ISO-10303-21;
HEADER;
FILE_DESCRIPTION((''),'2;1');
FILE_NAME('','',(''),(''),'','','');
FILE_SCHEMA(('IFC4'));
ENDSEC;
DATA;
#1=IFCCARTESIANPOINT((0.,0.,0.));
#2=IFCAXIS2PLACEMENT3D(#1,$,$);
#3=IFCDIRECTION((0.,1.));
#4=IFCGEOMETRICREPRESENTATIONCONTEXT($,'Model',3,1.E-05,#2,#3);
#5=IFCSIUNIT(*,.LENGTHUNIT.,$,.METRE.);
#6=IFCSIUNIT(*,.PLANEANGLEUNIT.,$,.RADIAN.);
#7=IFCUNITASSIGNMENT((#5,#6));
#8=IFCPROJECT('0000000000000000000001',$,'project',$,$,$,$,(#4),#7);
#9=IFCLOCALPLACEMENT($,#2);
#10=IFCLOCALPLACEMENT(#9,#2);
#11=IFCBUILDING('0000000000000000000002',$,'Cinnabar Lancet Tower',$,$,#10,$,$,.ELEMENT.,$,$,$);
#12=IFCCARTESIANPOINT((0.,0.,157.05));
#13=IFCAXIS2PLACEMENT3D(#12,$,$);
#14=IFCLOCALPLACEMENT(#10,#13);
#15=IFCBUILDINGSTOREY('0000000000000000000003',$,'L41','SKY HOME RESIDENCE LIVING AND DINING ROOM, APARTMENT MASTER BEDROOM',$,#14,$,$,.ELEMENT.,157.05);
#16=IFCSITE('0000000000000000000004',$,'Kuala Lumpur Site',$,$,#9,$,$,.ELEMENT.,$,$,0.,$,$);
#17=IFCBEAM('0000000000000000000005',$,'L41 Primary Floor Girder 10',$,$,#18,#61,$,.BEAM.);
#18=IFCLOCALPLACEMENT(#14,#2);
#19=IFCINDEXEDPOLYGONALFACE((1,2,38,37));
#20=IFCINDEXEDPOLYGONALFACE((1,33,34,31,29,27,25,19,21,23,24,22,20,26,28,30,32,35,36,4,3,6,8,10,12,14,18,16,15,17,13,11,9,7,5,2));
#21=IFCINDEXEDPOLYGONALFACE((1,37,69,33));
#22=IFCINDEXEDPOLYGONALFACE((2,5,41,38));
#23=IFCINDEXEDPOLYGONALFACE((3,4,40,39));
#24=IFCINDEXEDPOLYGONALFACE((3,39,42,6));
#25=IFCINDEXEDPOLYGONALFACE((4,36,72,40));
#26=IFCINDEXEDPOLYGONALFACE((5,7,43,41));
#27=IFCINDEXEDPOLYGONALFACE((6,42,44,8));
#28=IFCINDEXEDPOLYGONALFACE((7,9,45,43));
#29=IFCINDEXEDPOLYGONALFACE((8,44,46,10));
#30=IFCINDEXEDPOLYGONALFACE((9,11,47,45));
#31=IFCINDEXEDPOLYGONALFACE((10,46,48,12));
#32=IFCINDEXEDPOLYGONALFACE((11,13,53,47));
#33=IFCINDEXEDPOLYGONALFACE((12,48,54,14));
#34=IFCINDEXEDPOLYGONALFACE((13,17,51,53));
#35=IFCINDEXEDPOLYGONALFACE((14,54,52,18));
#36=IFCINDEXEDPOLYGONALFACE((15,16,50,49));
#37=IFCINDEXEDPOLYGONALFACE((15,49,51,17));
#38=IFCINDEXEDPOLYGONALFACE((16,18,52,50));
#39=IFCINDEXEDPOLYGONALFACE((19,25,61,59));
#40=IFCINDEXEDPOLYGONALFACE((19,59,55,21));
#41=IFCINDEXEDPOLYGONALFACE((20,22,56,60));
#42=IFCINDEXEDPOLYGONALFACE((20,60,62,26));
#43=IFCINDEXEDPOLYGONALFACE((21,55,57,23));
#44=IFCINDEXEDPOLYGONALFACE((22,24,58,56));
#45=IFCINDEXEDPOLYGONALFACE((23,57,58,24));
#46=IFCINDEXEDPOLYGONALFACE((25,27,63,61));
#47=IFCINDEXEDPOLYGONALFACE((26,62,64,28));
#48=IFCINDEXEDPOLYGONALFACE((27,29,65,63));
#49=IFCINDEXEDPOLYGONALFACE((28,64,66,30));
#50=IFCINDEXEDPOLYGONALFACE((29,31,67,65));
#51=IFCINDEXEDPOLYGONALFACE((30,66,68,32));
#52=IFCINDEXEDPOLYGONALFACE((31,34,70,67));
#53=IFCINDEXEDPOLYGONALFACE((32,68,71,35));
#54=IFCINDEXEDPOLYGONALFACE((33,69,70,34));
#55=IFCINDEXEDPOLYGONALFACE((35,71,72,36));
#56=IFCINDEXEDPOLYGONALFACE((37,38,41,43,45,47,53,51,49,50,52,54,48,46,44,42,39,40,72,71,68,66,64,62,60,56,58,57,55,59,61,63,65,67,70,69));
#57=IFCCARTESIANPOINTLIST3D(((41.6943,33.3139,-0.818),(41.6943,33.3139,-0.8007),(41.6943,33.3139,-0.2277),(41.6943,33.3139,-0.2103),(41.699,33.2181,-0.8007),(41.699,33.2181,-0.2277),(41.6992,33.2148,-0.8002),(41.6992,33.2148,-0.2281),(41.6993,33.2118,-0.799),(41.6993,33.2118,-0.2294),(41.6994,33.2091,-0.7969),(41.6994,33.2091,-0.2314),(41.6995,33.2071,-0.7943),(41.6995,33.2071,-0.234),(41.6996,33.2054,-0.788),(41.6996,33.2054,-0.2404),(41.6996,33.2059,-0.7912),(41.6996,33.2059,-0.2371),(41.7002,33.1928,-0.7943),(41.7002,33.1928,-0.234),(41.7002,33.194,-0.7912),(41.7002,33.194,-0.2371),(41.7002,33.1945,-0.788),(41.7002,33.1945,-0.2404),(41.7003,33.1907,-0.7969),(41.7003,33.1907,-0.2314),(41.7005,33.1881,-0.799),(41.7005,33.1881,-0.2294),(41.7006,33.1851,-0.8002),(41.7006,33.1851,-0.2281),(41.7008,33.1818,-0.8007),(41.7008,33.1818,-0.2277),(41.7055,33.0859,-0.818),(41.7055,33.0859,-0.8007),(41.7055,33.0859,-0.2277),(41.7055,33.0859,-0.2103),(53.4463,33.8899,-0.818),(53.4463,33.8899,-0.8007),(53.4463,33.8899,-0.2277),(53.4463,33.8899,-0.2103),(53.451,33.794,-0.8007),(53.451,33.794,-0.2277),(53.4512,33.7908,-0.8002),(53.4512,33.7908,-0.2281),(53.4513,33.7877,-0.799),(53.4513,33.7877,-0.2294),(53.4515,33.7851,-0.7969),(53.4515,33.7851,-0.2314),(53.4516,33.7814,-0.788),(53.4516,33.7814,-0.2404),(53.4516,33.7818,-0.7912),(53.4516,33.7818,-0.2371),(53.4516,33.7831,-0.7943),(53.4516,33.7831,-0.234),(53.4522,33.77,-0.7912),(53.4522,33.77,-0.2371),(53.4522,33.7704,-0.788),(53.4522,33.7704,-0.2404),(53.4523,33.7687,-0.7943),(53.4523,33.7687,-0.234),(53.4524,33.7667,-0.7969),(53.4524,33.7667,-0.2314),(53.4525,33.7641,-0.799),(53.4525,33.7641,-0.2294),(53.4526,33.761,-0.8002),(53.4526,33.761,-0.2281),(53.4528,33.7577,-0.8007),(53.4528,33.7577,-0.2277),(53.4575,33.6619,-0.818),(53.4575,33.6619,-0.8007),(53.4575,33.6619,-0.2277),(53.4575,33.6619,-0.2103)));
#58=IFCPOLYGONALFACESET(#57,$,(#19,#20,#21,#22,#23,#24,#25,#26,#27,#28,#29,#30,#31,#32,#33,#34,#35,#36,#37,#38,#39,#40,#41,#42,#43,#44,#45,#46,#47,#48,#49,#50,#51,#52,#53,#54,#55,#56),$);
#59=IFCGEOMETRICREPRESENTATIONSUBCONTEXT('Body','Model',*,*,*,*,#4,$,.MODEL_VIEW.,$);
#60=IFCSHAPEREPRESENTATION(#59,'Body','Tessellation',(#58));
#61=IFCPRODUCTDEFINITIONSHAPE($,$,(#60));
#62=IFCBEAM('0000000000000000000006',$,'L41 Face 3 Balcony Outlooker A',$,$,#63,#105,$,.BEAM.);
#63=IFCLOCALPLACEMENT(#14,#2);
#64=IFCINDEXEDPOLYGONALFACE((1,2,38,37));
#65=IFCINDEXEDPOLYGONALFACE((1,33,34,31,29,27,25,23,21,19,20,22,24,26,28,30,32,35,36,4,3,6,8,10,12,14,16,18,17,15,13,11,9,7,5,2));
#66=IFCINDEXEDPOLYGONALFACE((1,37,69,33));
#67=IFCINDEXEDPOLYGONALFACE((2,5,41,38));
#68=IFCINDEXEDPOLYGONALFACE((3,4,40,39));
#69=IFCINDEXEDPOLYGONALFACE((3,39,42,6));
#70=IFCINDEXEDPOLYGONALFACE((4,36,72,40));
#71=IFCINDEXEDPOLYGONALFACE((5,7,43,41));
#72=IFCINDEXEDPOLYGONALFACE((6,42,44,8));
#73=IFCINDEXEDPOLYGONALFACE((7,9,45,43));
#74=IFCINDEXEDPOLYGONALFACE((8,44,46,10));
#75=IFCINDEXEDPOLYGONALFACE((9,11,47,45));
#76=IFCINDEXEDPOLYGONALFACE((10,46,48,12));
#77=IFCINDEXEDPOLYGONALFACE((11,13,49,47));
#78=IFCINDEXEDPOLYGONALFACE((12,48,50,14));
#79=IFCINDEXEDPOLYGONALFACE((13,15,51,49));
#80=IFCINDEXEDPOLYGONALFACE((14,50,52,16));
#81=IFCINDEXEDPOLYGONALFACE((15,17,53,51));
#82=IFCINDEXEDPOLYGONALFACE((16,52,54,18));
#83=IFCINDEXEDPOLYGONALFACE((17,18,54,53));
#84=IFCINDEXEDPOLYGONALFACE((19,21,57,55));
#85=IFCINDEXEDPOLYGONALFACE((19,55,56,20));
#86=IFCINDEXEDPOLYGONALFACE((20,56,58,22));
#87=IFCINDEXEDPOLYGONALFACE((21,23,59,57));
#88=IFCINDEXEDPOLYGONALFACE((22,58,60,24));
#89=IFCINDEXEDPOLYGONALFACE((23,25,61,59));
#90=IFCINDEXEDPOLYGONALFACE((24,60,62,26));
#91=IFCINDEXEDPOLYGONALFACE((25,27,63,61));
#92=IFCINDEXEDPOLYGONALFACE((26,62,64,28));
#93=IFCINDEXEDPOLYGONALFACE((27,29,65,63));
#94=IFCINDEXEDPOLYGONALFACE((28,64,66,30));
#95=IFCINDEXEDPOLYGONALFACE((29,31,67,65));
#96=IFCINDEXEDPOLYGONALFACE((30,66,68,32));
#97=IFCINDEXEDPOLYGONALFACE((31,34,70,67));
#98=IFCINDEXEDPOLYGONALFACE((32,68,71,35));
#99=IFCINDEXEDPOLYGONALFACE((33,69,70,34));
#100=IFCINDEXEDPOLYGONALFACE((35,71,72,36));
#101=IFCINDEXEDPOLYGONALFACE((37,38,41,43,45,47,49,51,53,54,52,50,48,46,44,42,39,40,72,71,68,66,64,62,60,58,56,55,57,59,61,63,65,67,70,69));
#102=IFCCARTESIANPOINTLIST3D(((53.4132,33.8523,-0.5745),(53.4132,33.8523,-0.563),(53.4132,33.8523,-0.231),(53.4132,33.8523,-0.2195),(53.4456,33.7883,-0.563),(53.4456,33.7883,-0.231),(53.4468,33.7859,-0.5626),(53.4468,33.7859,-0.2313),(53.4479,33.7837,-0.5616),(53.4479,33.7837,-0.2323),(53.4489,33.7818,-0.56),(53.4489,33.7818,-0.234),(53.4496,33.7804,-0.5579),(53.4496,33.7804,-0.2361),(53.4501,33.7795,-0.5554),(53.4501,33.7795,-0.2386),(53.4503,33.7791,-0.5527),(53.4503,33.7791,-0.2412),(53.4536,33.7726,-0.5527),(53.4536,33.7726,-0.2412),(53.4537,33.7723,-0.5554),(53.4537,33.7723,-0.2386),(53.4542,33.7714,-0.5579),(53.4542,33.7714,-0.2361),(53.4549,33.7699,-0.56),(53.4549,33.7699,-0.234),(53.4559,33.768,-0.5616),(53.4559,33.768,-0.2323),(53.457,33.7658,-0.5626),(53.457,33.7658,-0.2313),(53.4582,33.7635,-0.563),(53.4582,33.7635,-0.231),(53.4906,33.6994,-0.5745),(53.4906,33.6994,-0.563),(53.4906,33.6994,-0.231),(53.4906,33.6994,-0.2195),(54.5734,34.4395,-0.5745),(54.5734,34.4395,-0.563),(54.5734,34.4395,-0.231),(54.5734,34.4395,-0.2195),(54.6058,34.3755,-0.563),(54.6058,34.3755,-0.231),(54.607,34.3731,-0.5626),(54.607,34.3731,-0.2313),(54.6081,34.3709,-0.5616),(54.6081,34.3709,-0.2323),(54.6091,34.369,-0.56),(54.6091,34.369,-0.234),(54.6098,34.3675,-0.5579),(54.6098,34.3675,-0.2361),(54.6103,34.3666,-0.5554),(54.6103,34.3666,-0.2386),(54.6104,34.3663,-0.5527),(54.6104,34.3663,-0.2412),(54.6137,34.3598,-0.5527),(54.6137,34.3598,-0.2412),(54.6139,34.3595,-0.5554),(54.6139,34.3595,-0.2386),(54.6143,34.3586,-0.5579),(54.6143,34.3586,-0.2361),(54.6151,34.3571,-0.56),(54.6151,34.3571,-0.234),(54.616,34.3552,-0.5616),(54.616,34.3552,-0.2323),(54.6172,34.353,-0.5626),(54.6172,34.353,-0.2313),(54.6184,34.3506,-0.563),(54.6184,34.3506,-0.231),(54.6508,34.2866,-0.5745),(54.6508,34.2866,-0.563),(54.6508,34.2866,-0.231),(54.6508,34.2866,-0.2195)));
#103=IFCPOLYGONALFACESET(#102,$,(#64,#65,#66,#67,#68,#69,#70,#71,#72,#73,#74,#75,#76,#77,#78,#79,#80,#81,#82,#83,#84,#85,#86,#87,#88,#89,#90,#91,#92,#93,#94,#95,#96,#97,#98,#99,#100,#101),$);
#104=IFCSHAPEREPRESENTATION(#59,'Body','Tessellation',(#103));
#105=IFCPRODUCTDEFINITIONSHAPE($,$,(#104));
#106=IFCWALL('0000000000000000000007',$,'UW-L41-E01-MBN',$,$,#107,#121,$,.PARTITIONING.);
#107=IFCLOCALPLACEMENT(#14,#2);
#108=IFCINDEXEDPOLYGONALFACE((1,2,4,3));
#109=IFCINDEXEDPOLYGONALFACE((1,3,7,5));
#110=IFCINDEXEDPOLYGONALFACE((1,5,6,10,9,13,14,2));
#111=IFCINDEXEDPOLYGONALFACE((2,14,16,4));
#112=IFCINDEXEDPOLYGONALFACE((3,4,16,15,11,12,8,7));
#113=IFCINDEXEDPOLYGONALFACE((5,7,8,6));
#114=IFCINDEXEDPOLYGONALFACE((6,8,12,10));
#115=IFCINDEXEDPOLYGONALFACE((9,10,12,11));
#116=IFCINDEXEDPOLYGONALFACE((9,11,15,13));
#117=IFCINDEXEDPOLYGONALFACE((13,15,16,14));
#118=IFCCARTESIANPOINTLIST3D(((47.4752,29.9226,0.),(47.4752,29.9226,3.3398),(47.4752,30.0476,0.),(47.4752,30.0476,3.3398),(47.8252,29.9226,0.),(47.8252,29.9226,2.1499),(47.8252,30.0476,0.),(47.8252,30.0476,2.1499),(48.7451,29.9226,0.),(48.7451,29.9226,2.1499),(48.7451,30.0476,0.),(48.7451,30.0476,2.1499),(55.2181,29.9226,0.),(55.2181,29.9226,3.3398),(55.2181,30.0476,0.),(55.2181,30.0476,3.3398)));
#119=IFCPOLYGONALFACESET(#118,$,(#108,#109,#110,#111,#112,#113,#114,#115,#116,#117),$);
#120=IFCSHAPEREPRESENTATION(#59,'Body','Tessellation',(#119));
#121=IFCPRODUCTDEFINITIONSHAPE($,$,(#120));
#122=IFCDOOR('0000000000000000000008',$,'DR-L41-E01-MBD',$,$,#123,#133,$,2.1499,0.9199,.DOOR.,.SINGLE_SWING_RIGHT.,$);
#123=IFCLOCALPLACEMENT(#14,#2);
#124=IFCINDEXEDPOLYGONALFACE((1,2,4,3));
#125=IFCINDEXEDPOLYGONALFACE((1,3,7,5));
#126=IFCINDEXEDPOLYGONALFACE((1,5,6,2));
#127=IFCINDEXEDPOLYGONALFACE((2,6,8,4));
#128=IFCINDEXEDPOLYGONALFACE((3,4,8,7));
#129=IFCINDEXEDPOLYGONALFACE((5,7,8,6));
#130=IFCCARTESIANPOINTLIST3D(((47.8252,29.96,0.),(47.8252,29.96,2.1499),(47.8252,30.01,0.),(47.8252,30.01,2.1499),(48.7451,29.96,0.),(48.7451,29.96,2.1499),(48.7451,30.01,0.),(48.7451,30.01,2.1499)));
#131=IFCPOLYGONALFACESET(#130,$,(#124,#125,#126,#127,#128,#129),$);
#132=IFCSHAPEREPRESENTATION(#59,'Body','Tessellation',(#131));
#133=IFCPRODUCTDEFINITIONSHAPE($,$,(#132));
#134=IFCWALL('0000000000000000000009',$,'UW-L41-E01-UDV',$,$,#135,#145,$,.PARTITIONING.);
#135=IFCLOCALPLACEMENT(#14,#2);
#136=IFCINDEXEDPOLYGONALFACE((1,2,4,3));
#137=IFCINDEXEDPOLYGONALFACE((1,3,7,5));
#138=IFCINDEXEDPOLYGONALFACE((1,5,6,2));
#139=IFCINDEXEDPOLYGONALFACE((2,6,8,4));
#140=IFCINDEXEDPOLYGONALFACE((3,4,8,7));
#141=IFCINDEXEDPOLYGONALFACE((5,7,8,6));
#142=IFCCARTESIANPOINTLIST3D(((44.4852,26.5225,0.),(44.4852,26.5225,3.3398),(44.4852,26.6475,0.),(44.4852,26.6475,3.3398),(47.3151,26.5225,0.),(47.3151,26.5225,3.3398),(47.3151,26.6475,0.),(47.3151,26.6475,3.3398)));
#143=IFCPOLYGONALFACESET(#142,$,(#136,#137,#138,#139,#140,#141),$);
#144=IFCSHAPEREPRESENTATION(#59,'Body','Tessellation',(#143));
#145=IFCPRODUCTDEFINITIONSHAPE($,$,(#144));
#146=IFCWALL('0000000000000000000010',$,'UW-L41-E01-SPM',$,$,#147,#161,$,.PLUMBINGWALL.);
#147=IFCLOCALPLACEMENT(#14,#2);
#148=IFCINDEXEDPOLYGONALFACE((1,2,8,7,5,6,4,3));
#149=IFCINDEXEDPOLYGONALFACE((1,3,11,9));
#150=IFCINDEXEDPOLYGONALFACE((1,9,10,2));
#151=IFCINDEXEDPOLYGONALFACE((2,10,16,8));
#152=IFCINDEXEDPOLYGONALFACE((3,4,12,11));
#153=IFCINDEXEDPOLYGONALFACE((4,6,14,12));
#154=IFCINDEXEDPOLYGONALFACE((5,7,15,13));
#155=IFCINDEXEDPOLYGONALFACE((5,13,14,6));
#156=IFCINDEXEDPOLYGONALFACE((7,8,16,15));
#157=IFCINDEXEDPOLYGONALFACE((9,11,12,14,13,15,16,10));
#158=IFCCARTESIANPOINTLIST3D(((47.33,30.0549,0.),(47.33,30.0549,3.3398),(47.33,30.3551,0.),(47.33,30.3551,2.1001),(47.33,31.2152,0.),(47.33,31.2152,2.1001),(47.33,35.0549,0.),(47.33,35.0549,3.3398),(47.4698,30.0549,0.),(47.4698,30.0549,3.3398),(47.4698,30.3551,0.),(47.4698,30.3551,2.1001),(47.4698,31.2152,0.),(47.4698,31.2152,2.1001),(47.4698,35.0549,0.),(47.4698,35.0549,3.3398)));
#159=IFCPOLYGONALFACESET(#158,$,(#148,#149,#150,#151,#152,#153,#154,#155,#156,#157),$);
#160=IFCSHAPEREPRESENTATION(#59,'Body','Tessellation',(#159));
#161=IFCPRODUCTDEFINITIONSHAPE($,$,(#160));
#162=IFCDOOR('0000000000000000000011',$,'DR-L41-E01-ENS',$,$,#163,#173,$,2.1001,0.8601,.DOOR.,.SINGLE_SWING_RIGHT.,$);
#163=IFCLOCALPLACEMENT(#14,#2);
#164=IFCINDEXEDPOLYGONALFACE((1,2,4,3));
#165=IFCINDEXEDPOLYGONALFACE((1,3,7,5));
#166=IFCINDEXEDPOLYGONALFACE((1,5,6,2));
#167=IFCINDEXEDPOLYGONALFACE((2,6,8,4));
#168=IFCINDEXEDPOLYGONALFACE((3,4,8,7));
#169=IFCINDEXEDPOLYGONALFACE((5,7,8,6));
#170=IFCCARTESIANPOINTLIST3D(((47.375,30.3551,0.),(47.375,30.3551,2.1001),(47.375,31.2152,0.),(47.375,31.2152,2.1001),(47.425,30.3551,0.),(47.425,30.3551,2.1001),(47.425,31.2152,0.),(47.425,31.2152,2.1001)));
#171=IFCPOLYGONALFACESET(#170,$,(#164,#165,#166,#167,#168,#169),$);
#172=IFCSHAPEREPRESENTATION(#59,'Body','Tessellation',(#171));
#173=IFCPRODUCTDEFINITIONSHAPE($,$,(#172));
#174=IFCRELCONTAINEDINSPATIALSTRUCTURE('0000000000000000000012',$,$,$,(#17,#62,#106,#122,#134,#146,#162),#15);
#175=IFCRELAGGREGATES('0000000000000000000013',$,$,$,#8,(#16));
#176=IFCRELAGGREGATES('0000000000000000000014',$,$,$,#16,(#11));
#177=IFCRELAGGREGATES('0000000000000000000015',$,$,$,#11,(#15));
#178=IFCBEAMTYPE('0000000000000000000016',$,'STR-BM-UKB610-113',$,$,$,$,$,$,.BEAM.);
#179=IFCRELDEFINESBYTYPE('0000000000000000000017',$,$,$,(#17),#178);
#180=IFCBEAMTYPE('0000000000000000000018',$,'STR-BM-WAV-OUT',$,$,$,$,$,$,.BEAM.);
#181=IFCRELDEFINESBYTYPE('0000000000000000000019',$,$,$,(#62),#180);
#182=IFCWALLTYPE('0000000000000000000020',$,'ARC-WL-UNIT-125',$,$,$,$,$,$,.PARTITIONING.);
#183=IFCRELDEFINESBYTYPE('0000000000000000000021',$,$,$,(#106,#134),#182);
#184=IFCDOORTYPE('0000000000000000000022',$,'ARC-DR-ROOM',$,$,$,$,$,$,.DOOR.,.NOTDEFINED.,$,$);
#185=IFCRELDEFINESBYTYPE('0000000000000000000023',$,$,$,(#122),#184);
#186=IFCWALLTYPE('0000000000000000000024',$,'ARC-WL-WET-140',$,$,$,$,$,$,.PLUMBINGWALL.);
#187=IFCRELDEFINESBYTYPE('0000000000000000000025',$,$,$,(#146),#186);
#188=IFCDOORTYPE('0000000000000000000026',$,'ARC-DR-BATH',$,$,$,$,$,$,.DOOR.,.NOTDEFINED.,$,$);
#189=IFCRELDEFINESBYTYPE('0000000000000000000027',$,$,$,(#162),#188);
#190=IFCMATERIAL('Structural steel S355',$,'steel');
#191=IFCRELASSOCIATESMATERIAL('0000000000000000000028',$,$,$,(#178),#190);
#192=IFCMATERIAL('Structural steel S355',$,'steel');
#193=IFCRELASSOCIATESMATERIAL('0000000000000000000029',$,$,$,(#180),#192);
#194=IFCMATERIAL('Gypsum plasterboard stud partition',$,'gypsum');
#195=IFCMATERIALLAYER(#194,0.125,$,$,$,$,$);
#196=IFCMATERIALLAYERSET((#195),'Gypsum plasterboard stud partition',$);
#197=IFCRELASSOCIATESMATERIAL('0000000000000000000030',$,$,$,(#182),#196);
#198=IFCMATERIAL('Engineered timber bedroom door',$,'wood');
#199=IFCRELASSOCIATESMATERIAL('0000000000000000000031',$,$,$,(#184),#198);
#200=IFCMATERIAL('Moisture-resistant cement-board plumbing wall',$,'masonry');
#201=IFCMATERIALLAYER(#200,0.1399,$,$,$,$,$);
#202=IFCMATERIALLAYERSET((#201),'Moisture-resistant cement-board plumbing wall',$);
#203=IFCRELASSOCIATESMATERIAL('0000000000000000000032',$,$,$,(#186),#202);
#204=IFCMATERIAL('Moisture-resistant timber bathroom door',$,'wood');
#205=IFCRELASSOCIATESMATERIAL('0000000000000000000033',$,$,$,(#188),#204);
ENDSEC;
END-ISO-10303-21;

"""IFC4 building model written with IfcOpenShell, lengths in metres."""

from ifc_helpers import new_model, si_unit, direction, frame, frame_2d, origin, origin_2d, place, context, subcontext, project, spatial, rectangle, i_section, extrude, material, layer, layer_set, material_profile, profile_set, type_object, element, fill, save


model = new_model("IFC4")

# Units and contexts
model_context = context("Model", 3, precision=1e-05, world=origin(), true_north=direction((0.0, 1.0)))
body_context = subcontext(model_context, "Body", "Model", "MODEL_VIEW")
ifc_project = project(units=[si_unit("LENGTHUNIT", "METRE"), si_unit("PLANEANGLEUNIT", "RADIAN")], contexts=[model_context])

# Site, building, storey
site_placement = place(None, origin())
site = spatial("IfcSite", under=ifc_project, at=site_placement, Name="Kuala Lumpur Site", CompositionType="ELEMENT", RefElevation=0.0)
building_placement = place(site_placement, origin())
building = spatial("IfcBuilding", under=site, at=building_placement, Name="Cinnabar Lancet Tower", CompositionType="ELEMENT")
storey_placement = place(building_placement, frame((0.0, 0.0, 157.05)))
storey = spatial("IfcBuildingStorey", under=building, at=storey_placement, Name="L41", Description="SKY HOME RESIDENCE LIVING AND DINING ROOM, APARTMENT MASTER BEDROOM", CompositionType="ELEMENT", Elevation=157.05)

# Beams
ifc_material_1 = material(Name="Structural steel S355", Category="steel")
ifc_material_profile_1 = material_profile(ifc_material_1, i_section(OverallWidth=0.2283, OverallDepth=0.6077, WebThickness=0.011, FlangeThickness=0.0173, FilletRadius=0.0127, at=origin_2d()), Name="UKB 610x229x113")
ifc_profile_set_1 = profile_set([ifc_material_profile_1], Name="Structural steel S355")
beam_type_1 = type_object("IfcBeamType", Name="STR-BM-UKB610-113", PredefinedType="BEAM", material=ifc_profile_set_1)
beam_1_placement = place(storey_placement, frame((53.4519, 33.7759, -0.5142), z_axis=(-0.998801, -0.048948, 0.0), x_axis=(0.048948, -0.998801, 0.0)))
element("IfcBeam", 1, at=beam_1_placement, inside=storey, type_object=beam_type_1, Name="L41 Primary Floor Girder 10", PredefinedType="BEAM", context=body_context, shape_type="SweptSolid", body=[
    extrude(i_section(OverallWidth=0.2283, OverallDepth=0.6077, WebThickness=0.011, FlangeThickness=0.0173, FilletRadius=0.0127, at=origin_2d()), origin(), (0.0, 0.0, 1.0), 11.7661),
])
ifc_material_2 = material(Name="Structural steel S355", Category="steel")
ifc_material_profile_2 = material_profile(ifc_material_2, i_section(OverallWidth=0.1714, OverallDepth=0.355, WebThickness=0.0073, FlangeThickness=0.0115, FilletRadius=0.0103, at=origin_2d()), Name="UKB 356x171x51")
ifc_profile_set_2 = profile_set([ifc_material_profile_2], Name="Structural steel S355")
beam_type_2 = type_object("IfcBeamType", Name="STR-BM-WAV-OUT", PredefinedType="BEAM", material=ifc_profile_set_2)
beam_2_placement = place(storey_placement, frame((53.4519, 33.7759, -0.397), z_axis=(0.892239, 0.451564, 0.0), x_axis=(-0.451564, 0.892239, 0.0)))
element("IfcBeam", 2, at=beam_2_placement, inside=storey, type_object=beam_type_2, Name="L41 Face 3 Balcony Outlooker A", PredefinedType="BEAM", context=body_context, shape_type="SweptSolid", body=[
    extrude(i_section(OverallWidth=0.1714, OverallDepth=0.355, WebThickness=0.0073, FlangeThickness=0.0115, FilletRadius=0.0103, at=origin_2d()), origin(), (0.0, 0.0, 1.0), 1.3003),
])

# Wall, opening, door
ifc_material_3 = material(Name="Gypsum plasterboard stud partition", Category="gypsum")
ifc_layer_1 = layer(ifc_material_3, 0.125)
ifc_layer_set_1 = layer_set([ifc_layer_1], Name="Gypsum plasterboard stud partition")
wall_type_1 = type_object("IfcWallType", Name="ARC-WL-UNIT-125", PredefinedType="PARTITIONING", material=ifc_layer_set_1)
wall_1_placement = place(storey_placement, frame((47.4751, 29.9851, 0.0), z_axis=(0.0, 0.0, 1.0), x_axis=(1.0, 0.0, 0.0)))
wall_1 = element("IfcWall", 3, at=wall_1_placement, inside=storey, type_object=wall_type_1, Name="UW-L41-E01-MBN", PredefinedType="PARTITIONING", context=body_context, shape_type="SweptSolid", body=[
    extrude(rectangle(XDim=7.7429, YDim=0.125, at=frame_2d((3.8716, 0.0))), origin(), (0.0, 0.0, 1.0), 3.3398),
])
opening_1_placement = place(wall_1_placement, frame((0.3501, 0.0, 0.0)))
opening_1 = element("IfcOpeningElement", 4, at=opening_1_placement, cuts=wall_1, PredefinedType="OPENING", context=body_context, shape_type="SweptSolid", body=[
    extrude(rectangle(XDim=0.9199, YDim=2.1499, at=frame_2d((0.46, 1.075))), frame((0.0, 0.0725, 0.0), z_axis=(0.0, -1.0, 0.0), x_axis=(1.0, 0.0, 0.0)), (0.0, 0.0, 1.0), 0.145),
])
ifc_material_4 = material(Name="Engineered timber bedroom door", Category="wood")
door_type_1 = type_object("IfcDoorType", Name="ARC-DR-ROOM", OperationType="NOTDEFINED", PredefinedType="DOOR", material=ifc_material_4)
door_1_placement = place(opening_1_placement, origin())
door_1 = element("IfcDoor", 5, at=door_1_placement, inside=storey, type_object=door_type_1, Name="DR-L41-E01-MBD", OperationType="SINGLE_SWING_RIGHT", OverallHeight=2.1499, OverallWidth=0.9199, PredefinedType="DOOR", context=body_context, shape_type="SweptSolid", body=[
    extrude(rectangle(XDim=0.9199, YDim=2.1499, at=frame_2d((0.46, 1.075))), frame((0.0, 0.0249, 0.0), z_axis=(0.0, -1.0, 0.0), x_axis=(1.0, 0.0, 0.0)), (0.0, 0.0, 1.0), 0.05),
])
fill(opening_1, door_1)

# Wall
wall_2_placement = place(storey_placement, frame((44.4851, 26.585, 0.0), z_axis=(0.0, 0.0, 1.0), x_axis=(1.0, 0.0, 0.0)))
element("IfcWall", 6, at=wall_2_placement, inside=storey, type_object=wall_type_1, Name="UW-L41-E01-UDV", PredefinedType="PARTITIONING", context=body_context, shape_type="SweptSolid", body=[
    extrude(rectangle(XDim=2.8298, YDim=0.125, at=frame_2d((1.415, 0.0))), origin(), (0.0, 0.0, 1.0), 3.3398),
])

# Wall, opening, door
ifc_material_5 = material(Name="Moisture-resistant cement-board plumbing wall", Category="masonry")
ifc_layer_2 = layer(ifc_material_5, 0.1399)
ifc_layer_set_2 = layer_set([ifc_layer_2], Name="Moisture-resistant cement-board plumbing wall")
wall_type_2 = type_object("IfcWallType", Name="ARC-WL-WET-140", PredefinedType="PLUMBINGWALL", material=ifc_layer_set_2)
wall_3_placement = place(storey_placement, frame((47.3999, 30.0549, 0.0), z_axis=(0.0, 0.0, 1.0), x_axis=(0.0, 1.0, 0.0)))
wall_3 = element("IfcWall", 7, at=wall_3_placement, inside=storey, type_object=wall_type_2, Name="UW-L41-E01-SPM", PredefinedType="PLUMBINGWALL", context=body_context, shape_type="SweptSolid", body=[
    extrude(rectangle(XDim=5.0, YDim=0.1399, at=frame_2d((2.5, 0.0))), origin(), (0.0, 0.0, 1.0), 3.3398),
])
opening_2_placement = place(wall_3_placement, frame((0.3, 0.0, 0.0)))
opening_2 = element("IfcOpeningElement", 8, at=opening_2_placement, cuts=wall_3, PredefinedType="OPENING", context=body_context, shape_type="SweptSolid", body=[
    extrude(rectangle(XDim=0.8601, YDim=2.1001, at=frame_2d((0.4302, 1.05))), frame((0.0, 0.0798, 0.0), z_axis=(0.0, -1.0, 0.0), x_axis=(1.0, 0.0, 0.0)), (0.0, 0.0, 1.0), 0.1599),
])
ifc_material_6 = material(Name="Moisture-resistant timber bathroom door", Category="wood")
door_type_2 = type_object("IfcDoorType", Name="ARC-DR-BATH", OperationType="NOTDEFINED", PredefinedType="DOOR", material=ifc_material_6)
door_2_placement = place(opening_2_placement, origin())
door_2 = element("IfcDoor", 9, at=door_2_placement, inside=storey, type_object=door_type_2, Name="DR-L41-E01-ENS", OperationType="SINGLE_SWING_RIGHT", OverallHeight=2.1001, OverallWidth=0.8601, PredefinedType="DOOR", context=body_context, shape_type="SweptSolid", body=[
    extrude(rectangle(XDim=0.8601, YDim=2.1001, at=frame_2d((0.4302, 1.05))), frame((0.0, 0.0249, 0.0), z_axis=(0.0, -1.0, 0.0), x_axis=(1.0, 0.0, 0.0)), (0.0, 0.0, 1.0), 0.05),
])
fill(opening_2, door_2)

save(model, "model.ifc")
